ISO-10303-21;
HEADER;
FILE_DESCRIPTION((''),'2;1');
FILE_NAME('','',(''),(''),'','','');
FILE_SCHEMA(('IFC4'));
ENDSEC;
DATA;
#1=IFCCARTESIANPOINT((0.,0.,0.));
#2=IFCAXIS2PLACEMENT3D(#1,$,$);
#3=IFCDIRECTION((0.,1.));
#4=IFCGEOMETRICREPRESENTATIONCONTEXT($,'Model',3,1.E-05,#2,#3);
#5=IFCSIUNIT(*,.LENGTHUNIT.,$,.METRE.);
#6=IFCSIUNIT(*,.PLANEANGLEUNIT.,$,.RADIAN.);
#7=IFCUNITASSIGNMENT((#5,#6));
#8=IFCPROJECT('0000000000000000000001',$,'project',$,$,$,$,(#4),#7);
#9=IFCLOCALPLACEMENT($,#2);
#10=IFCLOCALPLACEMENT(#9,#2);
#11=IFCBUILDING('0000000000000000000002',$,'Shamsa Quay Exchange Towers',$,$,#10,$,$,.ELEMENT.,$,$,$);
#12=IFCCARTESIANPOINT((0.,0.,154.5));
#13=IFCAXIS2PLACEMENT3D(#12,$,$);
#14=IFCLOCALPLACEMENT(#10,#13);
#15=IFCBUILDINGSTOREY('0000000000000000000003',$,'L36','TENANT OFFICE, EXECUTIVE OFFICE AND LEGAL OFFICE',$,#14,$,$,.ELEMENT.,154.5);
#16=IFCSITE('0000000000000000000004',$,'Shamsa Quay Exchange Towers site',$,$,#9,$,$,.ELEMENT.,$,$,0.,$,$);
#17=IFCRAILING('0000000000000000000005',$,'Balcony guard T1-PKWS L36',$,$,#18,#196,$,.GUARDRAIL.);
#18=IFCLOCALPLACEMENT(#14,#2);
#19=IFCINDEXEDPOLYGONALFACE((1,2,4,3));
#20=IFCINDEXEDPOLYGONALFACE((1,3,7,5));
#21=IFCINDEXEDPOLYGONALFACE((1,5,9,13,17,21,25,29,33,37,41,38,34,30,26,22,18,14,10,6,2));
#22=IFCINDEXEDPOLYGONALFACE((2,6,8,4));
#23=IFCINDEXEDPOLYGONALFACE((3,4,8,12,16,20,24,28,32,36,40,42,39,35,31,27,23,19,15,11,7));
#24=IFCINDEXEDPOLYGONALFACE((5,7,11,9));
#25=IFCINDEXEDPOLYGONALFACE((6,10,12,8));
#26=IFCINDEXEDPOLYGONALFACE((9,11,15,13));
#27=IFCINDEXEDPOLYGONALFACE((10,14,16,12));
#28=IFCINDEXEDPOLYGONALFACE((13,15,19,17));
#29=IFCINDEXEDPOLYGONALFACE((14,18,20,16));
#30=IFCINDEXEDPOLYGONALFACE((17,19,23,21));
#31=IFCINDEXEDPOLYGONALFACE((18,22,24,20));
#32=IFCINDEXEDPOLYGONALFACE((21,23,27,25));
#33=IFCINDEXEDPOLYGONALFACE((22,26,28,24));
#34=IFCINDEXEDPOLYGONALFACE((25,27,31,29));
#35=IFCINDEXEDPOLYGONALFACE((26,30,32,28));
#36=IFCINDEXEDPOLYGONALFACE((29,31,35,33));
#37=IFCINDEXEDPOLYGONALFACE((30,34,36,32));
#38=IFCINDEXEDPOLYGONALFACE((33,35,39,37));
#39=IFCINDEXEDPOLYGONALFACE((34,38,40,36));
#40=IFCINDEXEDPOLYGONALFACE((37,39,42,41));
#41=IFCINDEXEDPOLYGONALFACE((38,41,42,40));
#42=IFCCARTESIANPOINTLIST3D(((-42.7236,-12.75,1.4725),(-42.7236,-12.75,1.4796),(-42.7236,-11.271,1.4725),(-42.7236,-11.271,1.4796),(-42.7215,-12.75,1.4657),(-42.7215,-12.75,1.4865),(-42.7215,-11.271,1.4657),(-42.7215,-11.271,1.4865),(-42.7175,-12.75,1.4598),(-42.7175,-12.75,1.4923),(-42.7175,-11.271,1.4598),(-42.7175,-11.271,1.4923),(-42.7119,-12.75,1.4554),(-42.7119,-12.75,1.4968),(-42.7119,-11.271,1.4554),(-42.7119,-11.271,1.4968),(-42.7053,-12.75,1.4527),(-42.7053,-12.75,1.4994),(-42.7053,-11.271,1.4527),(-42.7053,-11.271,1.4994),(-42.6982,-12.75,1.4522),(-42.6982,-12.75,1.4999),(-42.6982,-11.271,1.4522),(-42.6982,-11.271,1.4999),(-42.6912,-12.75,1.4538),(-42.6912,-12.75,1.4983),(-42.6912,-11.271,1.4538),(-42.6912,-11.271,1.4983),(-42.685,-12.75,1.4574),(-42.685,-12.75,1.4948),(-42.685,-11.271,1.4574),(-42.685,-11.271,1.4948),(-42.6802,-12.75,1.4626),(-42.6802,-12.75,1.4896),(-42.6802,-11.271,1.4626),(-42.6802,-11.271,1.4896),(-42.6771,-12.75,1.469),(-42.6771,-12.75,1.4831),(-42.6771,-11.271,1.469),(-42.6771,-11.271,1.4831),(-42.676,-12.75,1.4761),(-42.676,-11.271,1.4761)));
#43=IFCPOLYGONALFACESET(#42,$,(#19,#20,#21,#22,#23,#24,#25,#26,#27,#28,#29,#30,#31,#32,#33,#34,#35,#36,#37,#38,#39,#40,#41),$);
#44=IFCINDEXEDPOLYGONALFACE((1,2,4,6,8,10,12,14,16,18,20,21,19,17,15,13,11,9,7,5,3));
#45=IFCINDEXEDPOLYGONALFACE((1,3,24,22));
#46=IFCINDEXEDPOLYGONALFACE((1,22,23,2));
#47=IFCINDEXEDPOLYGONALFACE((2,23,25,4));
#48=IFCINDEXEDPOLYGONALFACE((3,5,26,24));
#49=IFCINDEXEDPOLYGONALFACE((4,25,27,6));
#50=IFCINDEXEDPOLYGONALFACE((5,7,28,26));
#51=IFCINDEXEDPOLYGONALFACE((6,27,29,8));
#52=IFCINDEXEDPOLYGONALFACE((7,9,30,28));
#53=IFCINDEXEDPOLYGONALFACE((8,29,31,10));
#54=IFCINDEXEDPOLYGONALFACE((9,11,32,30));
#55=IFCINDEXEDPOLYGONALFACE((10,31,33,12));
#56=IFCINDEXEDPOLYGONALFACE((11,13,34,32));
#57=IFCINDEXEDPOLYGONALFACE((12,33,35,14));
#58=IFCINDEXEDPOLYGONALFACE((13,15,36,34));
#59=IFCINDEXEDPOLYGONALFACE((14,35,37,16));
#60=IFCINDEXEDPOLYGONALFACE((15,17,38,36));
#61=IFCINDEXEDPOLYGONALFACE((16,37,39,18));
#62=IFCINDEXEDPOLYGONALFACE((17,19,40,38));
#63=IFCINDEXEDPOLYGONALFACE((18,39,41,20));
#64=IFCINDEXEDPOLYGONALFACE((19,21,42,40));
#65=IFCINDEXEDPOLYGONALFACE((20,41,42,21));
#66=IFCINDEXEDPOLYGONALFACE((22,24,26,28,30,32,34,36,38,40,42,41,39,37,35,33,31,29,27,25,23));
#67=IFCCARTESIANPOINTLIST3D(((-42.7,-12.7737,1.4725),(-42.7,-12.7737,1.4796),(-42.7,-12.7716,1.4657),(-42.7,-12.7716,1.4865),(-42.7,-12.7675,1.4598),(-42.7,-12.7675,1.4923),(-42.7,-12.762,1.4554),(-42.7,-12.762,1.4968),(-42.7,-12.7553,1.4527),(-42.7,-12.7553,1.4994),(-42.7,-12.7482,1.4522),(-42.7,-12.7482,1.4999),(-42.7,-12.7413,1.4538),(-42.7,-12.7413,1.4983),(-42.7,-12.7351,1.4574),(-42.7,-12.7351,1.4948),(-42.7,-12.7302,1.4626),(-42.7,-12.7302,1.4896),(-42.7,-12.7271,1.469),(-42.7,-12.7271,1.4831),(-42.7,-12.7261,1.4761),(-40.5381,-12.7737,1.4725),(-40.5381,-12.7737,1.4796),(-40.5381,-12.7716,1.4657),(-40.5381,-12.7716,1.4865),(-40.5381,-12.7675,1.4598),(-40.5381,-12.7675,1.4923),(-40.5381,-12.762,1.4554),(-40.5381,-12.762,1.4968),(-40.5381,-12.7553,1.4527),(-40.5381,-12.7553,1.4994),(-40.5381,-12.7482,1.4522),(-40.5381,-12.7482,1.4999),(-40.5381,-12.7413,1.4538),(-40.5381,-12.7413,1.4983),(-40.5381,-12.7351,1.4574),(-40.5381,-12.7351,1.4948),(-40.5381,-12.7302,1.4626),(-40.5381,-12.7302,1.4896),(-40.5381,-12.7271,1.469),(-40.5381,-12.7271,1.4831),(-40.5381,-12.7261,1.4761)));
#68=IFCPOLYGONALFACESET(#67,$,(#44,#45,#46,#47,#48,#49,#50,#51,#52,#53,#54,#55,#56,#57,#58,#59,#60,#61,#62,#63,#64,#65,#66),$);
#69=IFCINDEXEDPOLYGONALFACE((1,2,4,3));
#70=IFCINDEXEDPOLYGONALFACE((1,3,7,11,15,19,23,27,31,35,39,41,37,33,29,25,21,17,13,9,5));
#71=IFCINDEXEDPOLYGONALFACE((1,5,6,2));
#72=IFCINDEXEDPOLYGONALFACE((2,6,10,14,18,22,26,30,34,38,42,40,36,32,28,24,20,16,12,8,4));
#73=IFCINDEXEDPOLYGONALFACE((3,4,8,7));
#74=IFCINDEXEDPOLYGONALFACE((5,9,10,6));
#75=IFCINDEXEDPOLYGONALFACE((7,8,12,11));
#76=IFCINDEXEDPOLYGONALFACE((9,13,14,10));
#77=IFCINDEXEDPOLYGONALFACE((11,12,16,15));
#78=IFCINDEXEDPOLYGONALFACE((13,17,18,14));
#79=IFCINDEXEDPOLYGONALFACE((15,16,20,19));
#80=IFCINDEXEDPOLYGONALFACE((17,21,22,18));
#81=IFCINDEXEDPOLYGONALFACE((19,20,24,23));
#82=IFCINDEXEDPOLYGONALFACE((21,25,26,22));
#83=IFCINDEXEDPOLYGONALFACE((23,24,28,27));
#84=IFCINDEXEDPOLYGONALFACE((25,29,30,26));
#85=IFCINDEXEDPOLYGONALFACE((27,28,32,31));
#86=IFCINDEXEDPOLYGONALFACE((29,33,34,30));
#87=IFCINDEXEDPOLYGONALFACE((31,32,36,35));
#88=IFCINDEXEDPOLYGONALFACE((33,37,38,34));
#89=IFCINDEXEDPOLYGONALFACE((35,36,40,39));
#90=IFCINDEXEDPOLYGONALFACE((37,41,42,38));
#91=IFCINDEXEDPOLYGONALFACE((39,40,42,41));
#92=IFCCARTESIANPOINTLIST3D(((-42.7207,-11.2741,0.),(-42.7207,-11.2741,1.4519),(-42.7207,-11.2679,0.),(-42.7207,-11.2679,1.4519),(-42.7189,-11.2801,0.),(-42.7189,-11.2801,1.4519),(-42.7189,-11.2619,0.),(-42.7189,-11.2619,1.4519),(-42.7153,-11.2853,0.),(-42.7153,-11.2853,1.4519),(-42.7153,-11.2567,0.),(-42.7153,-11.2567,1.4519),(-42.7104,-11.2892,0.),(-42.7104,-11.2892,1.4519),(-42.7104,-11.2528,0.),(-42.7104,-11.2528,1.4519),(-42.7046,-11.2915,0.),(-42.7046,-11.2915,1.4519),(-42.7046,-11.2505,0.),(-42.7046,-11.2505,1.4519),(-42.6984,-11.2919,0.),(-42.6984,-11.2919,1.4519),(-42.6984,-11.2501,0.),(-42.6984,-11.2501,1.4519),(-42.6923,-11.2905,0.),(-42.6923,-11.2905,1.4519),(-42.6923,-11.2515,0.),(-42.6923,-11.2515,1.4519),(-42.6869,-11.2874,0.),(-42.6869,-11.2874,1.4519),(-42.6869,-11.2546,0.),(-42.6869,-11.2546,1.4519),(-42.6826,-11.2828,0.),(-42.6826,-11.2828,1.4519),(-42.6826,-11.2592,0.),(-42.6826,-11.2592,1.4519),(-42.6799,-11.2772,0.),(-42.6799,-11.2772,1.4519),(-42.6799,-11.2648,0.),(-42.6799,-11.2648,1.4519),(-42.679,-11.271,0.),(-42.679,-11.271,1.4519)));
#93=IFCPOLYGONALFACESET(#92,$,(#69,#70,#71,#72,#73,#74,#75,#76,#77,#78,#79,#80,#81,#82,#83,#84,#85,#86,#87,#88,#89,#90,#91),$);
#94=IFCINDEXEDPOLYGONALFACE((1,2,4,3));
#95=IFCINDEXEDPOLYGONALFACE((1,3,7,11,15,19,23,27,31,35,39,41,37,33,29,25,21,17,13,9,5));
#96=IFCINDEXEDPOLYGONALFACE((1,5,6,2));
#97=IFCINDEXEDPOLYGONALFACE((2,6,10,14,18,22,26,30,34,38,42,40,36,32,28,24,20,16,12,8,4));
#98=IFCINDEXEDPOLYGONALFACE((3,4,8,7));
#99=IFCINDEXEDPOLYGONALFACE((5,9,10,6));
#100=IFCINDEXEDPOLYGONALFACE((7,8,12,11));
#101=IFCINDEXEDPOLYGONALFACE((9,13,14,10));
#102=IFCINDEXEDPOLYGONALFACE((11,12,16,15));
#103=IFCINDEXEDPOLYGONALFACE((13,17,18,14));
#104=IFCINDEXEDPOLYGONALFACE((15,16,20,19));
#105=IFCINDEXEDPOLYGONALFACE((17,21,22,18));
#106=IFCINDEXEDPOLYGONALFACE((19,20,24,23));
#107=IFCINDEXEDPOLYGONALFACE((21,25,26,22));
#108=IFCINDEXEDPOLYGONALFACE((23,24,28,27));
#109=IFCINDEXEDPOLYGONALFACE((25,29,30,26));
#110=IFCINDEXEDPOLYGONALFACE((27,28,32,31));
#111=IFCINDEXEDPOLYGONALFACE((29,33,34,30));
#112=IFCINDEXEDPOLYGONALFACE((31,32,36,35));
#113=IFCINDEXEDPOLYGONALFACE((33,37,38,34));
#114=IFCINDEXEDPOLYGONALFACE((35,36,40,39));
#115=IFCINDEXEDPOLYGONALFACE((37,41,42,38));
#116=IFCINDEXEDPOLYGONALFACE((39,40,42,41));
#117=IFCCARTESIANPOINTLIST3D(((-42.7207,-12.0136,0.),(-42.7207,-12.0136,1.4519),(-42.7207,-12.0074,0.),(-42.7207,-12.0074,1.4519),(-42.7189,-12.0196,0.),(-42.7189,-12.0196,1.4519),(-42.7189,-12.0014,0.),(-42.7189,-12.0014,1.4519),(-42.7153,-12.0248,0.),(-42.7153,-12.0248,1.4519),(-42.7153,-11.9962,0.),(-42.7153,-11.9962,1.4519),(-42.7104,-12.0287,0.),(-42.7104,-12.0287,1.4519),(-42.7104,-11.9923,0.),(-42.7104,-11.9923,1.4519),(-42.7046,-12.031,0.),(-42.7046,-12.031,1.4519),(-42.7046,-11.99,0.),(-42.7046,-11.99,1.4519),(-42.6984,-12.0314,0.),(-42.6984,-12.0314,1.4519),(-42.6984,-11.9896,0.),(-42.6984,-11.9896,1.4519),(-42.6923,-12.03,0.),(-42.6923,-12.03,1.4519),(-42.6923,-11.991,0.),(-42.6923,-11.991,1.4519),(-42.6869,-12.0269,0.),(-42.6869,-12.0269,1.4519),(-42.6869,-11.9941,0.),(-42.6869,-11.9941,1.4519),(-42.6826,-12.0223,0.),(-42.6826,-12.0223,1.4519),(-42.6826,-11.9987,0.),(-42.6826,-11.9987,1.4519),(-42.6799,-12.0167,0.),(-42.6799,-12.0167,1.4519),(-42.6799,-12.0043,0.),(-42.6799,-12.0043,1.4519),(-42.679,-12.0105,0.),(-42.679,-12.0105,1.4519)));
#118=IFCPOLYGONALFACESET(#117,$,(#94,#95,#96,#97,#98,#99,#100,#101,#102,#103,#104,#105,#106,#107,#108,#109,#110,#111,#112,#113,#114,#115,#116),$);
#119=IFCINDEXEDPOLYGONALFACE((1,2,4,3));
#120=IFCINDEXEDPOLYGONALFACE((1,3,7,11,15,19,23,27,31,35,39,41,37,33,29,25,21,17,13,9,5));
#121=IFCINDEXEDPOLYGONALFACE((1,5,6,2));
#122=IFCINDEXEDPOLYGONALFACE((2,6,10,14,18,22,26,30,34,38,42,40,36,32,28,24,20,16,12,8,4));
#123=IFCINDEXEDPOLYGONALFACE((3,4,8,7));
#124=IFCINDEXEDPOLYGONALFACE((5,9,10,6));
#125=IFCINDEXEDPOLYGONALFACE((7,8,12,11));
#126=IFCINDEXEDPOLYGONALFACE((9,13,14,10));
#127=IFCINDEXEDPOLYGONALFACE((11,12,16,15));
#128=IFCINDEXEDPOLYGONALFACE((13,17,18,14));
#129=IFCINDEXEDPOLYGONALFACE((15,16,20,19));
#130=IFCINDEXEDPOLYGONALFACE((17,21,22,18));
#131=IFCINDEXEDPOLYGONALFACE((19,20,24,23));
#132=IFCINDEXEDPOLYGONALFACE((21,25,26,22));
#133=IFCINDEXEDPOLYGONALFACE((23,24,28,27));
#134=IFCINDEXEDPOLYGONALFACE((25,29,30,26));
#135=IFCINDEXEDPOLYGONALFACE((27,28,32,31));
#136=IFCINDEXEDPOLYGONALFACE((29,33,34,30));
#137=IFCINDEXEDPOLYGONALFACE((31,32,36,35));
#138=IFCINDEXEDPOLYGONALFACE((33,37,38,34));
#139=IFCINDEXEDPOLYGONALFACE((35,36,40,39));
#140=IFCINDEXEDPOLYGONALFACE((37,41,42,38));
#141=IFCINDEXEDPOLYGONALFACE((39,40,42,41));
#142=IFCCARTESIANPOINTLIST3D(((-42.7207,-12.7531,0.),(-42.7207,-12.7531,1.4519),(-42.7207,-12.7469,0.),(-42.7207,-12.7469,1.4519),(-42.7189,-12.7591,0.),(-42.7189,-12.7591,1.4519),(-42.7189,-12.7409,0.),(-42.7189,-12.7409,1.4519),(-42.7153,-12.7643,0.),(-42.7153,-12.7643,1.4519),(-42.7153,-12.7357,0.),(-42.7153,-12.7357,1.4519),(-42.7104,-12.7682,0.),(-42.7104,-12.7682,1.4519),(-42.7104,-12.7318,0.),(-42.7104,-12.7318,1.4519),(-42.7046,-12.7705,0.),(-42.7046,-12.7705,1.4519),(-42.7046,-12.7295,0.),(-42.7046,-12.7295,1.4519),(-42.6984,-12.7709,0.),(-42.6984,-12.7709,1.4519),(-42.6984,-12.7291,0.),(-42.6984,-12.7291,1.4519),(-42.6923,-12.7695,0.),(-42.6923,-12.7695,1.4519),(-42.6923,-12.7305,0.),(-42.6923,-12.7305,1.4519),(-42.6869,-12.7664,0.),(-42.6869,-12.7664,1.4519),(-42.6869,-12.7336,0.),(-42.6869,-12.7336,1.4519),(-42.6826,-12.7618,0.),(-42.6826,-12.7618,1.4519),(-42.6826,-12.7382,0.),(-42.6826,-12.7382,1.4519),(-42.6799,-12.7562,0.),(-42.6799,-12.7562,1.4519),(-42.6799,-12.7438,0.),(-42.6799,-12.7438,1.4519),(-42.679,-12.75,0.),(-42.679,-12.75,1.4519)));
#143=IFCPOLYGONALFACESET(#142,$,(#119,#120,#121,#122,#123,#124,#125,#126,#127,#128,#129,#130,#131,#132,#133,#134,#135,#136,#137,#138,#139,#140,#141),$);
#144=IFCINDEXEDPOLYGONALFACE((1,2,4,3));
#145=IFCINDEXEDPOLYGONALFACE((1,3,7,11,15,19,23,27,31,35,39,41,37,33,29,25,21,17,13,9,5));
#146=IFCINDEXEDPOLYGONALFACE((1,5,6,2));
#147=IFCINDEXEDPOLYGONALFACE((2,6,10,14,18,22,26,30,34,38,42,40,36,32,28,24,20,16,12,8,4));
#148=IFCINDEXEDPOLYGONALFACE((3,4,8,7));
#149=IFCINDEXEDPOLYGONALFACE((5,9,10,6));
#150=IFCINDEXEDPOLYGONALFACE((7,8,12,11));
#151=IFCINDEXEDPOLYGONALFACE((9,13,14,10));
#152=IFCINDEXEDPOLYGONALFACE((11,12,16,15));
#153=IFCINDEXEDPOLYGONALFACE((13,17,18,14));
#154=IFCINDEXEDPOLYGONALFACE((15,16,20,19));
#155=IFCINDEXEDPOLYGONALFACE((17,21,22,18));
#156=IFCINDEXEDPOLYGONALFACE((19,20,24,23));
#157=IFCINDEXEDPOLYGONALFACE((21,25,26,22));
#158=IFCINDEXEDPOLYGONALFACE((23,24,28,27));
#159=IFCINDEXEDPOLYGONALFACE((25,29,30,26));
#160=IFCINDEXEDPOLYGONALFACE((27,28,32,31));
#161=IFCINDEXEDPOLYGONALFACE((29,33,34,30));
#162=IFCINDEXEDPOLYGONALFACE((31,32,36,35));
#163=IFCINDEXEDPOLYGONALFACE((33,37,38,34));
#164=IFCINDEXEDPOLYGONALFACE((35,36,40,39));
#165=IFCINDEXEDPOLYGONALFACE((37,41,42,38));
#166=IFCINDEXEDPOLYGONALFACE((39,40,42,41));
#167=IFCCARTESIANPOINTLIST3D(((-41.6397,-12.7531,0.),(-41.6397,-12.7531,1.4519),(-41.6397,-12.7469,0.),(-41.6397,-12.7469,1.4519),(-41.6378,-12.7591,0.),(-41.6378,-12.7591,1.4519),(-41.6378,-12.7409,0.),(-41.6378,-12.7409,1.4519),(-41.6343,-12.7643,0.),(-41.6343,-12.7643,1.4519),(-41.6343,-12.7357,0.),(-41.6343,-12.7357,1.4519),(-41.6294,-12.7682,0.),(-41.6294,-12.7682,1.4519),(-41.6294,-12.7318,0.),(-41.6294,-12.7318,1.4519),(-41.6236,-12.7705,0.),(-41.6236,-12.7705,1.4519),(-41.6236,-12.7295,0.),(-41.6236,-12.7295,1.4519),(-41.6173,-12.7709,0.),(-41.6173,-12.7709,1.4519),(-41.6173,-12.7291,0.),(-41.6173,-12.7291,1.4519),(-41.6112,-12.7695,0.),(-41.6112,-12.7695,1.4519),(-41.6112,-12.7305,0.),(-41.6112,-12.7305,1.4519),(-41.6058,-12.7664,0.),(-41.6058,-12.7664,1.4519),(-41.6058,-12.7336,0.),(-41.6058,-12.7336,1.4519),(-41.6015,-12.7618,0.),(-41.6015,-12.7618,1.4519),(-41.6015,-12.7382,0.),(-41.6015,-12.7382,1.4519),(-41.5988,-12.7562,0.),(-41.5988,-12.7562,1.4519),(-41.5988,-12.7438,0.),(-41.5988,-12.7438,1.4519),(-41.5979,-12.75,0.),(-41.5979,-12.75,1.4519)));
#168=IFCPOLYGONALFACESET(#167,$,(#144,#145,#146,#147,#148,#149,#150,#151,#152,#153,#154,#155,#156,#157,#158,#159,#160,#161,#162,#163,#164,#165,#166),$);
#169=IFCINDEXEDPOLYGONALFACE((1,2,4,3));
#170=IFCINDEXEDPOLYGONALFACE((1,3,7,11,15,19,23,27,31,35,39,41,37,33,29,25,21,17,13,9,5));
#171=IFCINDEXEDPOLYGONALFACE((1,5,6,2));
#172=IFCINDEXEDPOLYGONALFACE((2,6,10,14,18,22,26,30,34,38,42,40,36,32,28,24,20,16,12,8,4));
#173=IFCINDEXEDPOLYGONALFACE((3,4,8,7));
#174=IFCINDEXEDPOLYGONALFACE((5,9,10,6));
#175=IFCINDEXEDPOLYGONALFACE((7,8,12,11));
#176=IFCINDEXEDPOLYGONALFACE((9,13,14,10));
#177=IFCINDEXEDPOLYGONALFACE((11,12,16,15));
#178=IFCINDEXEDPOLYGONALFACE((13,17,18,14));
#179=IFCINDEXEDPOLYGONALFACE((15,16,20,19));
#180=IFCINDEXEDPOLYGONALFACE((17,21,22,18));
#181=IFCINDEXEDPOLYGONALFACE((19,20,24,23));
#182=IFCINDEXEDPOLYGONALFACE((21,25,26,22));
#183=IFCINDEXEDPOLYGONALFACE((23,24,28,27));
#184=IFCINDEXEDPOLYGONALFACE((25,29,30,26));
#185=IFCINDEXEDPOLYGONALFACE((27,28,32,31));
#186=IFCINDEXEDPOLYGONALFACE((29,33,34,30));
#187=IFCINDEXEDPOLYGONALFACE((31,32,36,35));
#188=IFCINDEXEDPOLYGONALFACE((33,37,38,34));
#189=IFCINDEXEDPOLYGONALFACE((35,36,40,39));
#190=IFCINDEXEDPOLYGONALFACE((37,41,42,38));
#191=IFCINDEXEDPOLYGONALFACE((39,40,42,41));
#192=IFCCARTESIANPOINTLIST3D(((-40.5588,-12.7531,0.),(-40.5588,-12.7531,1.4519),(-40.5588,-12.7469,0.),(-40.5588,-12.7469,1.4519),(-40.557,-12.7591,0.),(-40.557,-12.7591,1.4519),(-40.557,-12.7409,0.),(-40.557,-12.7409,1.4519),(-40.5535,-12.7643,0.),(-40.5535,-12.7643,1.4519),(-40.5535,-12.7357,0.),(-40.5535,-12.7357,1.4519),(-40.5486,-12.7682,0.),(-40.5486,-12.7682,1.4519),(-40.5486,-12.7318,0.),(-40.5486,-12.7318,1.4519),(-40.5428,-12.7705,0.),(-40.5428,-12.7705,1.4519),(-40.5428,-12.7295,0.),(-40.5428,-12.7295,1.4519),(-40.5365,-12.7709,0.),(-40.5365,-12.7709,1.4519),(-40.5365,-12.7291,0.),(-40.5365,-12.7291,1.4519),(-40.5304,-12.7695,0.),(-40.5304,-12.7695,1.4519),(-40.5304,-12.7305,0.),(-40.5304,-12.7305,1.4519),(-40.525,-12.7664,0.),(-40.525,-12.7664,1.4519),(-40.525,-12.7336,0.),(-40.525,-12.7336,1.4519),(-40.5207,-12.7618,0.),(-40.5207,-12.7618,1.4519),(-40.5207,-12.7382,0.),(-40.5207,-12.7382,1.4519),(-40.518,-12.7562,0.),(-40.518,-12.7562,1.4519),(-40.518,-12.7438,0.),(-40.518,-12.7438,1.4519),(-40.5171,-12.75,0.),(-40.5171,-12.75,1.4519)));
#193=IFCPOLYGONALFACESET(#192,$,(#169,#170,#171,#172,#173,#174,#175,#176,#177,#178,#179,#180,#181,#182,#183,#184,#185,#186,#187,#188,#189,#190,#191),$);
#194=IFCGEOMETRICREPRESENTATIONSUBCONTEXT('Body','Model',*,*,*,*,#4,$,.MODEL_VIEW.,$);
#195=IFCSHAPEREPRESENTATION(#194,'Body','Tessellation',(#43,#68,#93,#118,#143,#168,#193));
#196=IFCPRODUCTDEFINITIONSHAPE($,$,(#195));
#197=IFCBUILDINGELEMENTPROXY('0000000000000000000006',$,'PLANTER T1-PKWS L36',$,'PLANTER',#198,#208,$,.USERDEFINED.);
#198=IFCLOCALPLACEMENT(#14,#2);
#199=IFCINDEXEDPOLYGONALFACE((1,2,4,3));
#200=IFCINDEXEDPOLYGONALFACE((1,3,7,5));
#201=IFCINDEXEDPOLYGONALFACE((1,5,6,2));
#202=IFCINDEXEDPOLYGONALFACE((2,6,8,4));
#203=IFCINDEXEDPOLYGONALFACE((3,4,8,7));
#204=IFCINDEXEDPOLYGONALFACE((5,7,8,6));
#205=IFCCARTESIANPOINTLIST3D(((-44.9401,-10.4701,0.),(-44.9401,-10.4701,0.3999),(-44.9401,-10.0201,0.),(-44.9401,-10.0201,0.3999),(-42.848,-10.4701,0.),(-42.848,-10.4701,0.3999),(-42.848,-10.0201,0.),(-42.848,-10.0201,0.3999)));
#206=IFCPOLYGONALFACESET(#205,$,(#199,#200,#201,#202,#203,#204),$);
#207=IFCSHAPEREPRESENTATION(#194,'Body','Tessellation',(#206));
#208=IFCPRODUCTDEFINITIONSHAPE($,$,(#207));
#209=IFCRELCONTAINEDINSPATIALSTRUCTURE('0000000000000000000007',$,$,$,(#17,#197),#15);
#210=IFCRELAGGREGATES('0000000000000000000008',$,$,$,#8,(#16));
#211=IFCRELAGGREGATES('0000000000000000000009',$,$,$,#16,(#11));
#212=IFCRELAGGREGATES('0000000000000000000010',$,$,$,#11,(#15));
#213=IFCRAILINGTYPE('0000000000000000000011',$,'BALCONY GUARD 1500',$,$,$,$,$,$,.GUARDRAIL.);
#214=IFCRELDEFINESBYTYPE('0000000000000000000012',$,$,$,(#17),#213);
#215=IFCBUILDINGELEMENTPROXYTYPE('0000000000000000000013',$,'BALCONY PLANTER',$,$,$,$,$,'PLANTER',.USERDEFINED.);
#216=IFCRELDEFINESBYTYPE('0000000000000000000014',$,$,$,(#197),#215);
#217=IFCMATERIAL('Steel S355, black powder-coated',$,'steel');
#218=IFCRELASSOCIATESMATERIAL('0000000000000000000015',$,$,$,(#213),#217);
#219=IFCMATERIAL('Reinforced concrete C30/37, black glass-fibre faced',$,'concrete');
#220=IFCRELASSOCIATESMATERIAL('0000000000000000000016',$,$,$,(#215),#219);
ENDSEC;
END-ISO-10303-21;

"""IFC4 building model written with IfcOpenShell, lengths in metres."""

from ifc_helpers import new_model, si_unit, direction, frame, origin, origin_2d, place, context, subcontext, project, spatial, rectangle, circle, extrude, material, type_object, element, save


model = new_model("IFC4")

# Units and contexts
model_context = context("Model", 3, precision=1e-05, world=origin(), true_north=direction((0.0, 1.0)))
body_context = subcontext(model_context, "Body", "Model", "MODEL_VIEW")
ifc_project = project(units=[si_unit("LENGTHUNIT", "METRE"), si_unit("PLANEANGLEUNIT", "RADIAN")], contexts=[model_context])

# Site, building, storey
site_placement = place(None, origin())
site = spatial("IfcSite", under=ifc_project, at=site_placement, Name="Shamsa Quay Exchange Towers site", CompositionType="ELEMENT", RefElevation=0.0)
building_placement = place(site_placement, origin())
building = spatial("IfcBuilding", under=site, at=building_placement, Name="Shamsa Quay Exchange Towers", CompositionType="ELEMENT")
storey_placement = place(building_placement, frame((0.0, 0.0, 154.5)))
storey = spatial("IfcBuildingStorey", under=building, at=storey_placement, Name="L36", Description="TENANT OFFICE, EXECUTIVE OFFICE AND LEGAL OFFICE", CompositionType="ELEMENT", Elevation=154.5)

# Railing
ifc_material_1 = material(Name="Steel S355, black powder-coated", Category="steel")
railing_type = type_object("IfcRailingType", Name="BALCONY GUARD 1500", PredefinedType="GUARDRAIL", material=ifc_material_1)
for number, where, name in (
    (1, (-42.7, -11.271, 0.0), "Balcony guard T1-PKWS L36"),
):
    element("IfcRailing", number, at=place(storey_placement, frame(where)), inside=storey, type_object=railing_type, Name=name, PredefinedType="GUARDRAIL", context=body_context, shape_type="SweptSolid", body=[
        extrude(circle(Radius=0.0239, at=origin_2d()), frame((0.0, 0.0, 1.4761), z_axis=(0.0, -1.0, 0.0), x_axis=(1.0, 0.0, 0.0)), (0.0, 0.0, 1.0), 1.479),
        extrude(circle(Radius=0.0239, at=origin_2d()), frame((0.0, -1.479, 1.4761), z_axis=(1.0, 0.0, 0.0), x_axis=(0.0, 1.0, 0.0)), (0.0, 0.0, 1.0), 2.1619),
        extrude(circle(Radius=0.021, at=origin_2d()), origin(), (0.0, 0.0, 1.0), 1.4519),
        extrude(circle(Radius=0.021, at=origin_2d()), frame((0.0, -0.7395, 0.0)), (0.0, 0.0, 1.0), 1.4519),
        extrude(circle(Radius=0.021, at=origin_2d()), frame((0.0, -1.479, 0.0)), (0.0, 0.0, 1.0), 1.4519),
        extrude(circle(Radius=0.021, at=origin_2d()), frame((1.0811, -1.479, 0.0)), (0.0, 0.0, 1.0), 1.4519),
        extrude(circle(Radius=0.021, at=origin_2d()), frame((2.1619, -1.479, 0.0)), (0.0, 0.0, 1.0), 1.4519),
    ])

# Building element proxy
ifc_material_2 = material(Name="Reinforced concrete C30/37, black glass-fibre faced", Category="concrete")
building_element_proxy_type = type_object("IfcBuildingElementProxyType", Name="BALCONY PLANTER", ElementType="PLANTER", PredefinedType="USERDEFINED", material=ifc_material_2)
proxy_placement = place(storey_placement, frame((-43.894, -10.2451, 0.0)))
element("IfcBuildingElementProxy", 2, at=proxy_placement, inside=storey, type_object=building_element_proxy_type, Name="PLANTER T1-PKWS L36", ObjectType="PLANTER", PredefinedType="USERDEFINED", context=body_context, shape_type="SweptSolid", body=[
    extrude(rectangle(XDim=2.092, YDim=0.45, at=origin_2d()), origin(), (0.0, 0.0, 1.0), 0.3999),
])

save(model, "model.ifc")
